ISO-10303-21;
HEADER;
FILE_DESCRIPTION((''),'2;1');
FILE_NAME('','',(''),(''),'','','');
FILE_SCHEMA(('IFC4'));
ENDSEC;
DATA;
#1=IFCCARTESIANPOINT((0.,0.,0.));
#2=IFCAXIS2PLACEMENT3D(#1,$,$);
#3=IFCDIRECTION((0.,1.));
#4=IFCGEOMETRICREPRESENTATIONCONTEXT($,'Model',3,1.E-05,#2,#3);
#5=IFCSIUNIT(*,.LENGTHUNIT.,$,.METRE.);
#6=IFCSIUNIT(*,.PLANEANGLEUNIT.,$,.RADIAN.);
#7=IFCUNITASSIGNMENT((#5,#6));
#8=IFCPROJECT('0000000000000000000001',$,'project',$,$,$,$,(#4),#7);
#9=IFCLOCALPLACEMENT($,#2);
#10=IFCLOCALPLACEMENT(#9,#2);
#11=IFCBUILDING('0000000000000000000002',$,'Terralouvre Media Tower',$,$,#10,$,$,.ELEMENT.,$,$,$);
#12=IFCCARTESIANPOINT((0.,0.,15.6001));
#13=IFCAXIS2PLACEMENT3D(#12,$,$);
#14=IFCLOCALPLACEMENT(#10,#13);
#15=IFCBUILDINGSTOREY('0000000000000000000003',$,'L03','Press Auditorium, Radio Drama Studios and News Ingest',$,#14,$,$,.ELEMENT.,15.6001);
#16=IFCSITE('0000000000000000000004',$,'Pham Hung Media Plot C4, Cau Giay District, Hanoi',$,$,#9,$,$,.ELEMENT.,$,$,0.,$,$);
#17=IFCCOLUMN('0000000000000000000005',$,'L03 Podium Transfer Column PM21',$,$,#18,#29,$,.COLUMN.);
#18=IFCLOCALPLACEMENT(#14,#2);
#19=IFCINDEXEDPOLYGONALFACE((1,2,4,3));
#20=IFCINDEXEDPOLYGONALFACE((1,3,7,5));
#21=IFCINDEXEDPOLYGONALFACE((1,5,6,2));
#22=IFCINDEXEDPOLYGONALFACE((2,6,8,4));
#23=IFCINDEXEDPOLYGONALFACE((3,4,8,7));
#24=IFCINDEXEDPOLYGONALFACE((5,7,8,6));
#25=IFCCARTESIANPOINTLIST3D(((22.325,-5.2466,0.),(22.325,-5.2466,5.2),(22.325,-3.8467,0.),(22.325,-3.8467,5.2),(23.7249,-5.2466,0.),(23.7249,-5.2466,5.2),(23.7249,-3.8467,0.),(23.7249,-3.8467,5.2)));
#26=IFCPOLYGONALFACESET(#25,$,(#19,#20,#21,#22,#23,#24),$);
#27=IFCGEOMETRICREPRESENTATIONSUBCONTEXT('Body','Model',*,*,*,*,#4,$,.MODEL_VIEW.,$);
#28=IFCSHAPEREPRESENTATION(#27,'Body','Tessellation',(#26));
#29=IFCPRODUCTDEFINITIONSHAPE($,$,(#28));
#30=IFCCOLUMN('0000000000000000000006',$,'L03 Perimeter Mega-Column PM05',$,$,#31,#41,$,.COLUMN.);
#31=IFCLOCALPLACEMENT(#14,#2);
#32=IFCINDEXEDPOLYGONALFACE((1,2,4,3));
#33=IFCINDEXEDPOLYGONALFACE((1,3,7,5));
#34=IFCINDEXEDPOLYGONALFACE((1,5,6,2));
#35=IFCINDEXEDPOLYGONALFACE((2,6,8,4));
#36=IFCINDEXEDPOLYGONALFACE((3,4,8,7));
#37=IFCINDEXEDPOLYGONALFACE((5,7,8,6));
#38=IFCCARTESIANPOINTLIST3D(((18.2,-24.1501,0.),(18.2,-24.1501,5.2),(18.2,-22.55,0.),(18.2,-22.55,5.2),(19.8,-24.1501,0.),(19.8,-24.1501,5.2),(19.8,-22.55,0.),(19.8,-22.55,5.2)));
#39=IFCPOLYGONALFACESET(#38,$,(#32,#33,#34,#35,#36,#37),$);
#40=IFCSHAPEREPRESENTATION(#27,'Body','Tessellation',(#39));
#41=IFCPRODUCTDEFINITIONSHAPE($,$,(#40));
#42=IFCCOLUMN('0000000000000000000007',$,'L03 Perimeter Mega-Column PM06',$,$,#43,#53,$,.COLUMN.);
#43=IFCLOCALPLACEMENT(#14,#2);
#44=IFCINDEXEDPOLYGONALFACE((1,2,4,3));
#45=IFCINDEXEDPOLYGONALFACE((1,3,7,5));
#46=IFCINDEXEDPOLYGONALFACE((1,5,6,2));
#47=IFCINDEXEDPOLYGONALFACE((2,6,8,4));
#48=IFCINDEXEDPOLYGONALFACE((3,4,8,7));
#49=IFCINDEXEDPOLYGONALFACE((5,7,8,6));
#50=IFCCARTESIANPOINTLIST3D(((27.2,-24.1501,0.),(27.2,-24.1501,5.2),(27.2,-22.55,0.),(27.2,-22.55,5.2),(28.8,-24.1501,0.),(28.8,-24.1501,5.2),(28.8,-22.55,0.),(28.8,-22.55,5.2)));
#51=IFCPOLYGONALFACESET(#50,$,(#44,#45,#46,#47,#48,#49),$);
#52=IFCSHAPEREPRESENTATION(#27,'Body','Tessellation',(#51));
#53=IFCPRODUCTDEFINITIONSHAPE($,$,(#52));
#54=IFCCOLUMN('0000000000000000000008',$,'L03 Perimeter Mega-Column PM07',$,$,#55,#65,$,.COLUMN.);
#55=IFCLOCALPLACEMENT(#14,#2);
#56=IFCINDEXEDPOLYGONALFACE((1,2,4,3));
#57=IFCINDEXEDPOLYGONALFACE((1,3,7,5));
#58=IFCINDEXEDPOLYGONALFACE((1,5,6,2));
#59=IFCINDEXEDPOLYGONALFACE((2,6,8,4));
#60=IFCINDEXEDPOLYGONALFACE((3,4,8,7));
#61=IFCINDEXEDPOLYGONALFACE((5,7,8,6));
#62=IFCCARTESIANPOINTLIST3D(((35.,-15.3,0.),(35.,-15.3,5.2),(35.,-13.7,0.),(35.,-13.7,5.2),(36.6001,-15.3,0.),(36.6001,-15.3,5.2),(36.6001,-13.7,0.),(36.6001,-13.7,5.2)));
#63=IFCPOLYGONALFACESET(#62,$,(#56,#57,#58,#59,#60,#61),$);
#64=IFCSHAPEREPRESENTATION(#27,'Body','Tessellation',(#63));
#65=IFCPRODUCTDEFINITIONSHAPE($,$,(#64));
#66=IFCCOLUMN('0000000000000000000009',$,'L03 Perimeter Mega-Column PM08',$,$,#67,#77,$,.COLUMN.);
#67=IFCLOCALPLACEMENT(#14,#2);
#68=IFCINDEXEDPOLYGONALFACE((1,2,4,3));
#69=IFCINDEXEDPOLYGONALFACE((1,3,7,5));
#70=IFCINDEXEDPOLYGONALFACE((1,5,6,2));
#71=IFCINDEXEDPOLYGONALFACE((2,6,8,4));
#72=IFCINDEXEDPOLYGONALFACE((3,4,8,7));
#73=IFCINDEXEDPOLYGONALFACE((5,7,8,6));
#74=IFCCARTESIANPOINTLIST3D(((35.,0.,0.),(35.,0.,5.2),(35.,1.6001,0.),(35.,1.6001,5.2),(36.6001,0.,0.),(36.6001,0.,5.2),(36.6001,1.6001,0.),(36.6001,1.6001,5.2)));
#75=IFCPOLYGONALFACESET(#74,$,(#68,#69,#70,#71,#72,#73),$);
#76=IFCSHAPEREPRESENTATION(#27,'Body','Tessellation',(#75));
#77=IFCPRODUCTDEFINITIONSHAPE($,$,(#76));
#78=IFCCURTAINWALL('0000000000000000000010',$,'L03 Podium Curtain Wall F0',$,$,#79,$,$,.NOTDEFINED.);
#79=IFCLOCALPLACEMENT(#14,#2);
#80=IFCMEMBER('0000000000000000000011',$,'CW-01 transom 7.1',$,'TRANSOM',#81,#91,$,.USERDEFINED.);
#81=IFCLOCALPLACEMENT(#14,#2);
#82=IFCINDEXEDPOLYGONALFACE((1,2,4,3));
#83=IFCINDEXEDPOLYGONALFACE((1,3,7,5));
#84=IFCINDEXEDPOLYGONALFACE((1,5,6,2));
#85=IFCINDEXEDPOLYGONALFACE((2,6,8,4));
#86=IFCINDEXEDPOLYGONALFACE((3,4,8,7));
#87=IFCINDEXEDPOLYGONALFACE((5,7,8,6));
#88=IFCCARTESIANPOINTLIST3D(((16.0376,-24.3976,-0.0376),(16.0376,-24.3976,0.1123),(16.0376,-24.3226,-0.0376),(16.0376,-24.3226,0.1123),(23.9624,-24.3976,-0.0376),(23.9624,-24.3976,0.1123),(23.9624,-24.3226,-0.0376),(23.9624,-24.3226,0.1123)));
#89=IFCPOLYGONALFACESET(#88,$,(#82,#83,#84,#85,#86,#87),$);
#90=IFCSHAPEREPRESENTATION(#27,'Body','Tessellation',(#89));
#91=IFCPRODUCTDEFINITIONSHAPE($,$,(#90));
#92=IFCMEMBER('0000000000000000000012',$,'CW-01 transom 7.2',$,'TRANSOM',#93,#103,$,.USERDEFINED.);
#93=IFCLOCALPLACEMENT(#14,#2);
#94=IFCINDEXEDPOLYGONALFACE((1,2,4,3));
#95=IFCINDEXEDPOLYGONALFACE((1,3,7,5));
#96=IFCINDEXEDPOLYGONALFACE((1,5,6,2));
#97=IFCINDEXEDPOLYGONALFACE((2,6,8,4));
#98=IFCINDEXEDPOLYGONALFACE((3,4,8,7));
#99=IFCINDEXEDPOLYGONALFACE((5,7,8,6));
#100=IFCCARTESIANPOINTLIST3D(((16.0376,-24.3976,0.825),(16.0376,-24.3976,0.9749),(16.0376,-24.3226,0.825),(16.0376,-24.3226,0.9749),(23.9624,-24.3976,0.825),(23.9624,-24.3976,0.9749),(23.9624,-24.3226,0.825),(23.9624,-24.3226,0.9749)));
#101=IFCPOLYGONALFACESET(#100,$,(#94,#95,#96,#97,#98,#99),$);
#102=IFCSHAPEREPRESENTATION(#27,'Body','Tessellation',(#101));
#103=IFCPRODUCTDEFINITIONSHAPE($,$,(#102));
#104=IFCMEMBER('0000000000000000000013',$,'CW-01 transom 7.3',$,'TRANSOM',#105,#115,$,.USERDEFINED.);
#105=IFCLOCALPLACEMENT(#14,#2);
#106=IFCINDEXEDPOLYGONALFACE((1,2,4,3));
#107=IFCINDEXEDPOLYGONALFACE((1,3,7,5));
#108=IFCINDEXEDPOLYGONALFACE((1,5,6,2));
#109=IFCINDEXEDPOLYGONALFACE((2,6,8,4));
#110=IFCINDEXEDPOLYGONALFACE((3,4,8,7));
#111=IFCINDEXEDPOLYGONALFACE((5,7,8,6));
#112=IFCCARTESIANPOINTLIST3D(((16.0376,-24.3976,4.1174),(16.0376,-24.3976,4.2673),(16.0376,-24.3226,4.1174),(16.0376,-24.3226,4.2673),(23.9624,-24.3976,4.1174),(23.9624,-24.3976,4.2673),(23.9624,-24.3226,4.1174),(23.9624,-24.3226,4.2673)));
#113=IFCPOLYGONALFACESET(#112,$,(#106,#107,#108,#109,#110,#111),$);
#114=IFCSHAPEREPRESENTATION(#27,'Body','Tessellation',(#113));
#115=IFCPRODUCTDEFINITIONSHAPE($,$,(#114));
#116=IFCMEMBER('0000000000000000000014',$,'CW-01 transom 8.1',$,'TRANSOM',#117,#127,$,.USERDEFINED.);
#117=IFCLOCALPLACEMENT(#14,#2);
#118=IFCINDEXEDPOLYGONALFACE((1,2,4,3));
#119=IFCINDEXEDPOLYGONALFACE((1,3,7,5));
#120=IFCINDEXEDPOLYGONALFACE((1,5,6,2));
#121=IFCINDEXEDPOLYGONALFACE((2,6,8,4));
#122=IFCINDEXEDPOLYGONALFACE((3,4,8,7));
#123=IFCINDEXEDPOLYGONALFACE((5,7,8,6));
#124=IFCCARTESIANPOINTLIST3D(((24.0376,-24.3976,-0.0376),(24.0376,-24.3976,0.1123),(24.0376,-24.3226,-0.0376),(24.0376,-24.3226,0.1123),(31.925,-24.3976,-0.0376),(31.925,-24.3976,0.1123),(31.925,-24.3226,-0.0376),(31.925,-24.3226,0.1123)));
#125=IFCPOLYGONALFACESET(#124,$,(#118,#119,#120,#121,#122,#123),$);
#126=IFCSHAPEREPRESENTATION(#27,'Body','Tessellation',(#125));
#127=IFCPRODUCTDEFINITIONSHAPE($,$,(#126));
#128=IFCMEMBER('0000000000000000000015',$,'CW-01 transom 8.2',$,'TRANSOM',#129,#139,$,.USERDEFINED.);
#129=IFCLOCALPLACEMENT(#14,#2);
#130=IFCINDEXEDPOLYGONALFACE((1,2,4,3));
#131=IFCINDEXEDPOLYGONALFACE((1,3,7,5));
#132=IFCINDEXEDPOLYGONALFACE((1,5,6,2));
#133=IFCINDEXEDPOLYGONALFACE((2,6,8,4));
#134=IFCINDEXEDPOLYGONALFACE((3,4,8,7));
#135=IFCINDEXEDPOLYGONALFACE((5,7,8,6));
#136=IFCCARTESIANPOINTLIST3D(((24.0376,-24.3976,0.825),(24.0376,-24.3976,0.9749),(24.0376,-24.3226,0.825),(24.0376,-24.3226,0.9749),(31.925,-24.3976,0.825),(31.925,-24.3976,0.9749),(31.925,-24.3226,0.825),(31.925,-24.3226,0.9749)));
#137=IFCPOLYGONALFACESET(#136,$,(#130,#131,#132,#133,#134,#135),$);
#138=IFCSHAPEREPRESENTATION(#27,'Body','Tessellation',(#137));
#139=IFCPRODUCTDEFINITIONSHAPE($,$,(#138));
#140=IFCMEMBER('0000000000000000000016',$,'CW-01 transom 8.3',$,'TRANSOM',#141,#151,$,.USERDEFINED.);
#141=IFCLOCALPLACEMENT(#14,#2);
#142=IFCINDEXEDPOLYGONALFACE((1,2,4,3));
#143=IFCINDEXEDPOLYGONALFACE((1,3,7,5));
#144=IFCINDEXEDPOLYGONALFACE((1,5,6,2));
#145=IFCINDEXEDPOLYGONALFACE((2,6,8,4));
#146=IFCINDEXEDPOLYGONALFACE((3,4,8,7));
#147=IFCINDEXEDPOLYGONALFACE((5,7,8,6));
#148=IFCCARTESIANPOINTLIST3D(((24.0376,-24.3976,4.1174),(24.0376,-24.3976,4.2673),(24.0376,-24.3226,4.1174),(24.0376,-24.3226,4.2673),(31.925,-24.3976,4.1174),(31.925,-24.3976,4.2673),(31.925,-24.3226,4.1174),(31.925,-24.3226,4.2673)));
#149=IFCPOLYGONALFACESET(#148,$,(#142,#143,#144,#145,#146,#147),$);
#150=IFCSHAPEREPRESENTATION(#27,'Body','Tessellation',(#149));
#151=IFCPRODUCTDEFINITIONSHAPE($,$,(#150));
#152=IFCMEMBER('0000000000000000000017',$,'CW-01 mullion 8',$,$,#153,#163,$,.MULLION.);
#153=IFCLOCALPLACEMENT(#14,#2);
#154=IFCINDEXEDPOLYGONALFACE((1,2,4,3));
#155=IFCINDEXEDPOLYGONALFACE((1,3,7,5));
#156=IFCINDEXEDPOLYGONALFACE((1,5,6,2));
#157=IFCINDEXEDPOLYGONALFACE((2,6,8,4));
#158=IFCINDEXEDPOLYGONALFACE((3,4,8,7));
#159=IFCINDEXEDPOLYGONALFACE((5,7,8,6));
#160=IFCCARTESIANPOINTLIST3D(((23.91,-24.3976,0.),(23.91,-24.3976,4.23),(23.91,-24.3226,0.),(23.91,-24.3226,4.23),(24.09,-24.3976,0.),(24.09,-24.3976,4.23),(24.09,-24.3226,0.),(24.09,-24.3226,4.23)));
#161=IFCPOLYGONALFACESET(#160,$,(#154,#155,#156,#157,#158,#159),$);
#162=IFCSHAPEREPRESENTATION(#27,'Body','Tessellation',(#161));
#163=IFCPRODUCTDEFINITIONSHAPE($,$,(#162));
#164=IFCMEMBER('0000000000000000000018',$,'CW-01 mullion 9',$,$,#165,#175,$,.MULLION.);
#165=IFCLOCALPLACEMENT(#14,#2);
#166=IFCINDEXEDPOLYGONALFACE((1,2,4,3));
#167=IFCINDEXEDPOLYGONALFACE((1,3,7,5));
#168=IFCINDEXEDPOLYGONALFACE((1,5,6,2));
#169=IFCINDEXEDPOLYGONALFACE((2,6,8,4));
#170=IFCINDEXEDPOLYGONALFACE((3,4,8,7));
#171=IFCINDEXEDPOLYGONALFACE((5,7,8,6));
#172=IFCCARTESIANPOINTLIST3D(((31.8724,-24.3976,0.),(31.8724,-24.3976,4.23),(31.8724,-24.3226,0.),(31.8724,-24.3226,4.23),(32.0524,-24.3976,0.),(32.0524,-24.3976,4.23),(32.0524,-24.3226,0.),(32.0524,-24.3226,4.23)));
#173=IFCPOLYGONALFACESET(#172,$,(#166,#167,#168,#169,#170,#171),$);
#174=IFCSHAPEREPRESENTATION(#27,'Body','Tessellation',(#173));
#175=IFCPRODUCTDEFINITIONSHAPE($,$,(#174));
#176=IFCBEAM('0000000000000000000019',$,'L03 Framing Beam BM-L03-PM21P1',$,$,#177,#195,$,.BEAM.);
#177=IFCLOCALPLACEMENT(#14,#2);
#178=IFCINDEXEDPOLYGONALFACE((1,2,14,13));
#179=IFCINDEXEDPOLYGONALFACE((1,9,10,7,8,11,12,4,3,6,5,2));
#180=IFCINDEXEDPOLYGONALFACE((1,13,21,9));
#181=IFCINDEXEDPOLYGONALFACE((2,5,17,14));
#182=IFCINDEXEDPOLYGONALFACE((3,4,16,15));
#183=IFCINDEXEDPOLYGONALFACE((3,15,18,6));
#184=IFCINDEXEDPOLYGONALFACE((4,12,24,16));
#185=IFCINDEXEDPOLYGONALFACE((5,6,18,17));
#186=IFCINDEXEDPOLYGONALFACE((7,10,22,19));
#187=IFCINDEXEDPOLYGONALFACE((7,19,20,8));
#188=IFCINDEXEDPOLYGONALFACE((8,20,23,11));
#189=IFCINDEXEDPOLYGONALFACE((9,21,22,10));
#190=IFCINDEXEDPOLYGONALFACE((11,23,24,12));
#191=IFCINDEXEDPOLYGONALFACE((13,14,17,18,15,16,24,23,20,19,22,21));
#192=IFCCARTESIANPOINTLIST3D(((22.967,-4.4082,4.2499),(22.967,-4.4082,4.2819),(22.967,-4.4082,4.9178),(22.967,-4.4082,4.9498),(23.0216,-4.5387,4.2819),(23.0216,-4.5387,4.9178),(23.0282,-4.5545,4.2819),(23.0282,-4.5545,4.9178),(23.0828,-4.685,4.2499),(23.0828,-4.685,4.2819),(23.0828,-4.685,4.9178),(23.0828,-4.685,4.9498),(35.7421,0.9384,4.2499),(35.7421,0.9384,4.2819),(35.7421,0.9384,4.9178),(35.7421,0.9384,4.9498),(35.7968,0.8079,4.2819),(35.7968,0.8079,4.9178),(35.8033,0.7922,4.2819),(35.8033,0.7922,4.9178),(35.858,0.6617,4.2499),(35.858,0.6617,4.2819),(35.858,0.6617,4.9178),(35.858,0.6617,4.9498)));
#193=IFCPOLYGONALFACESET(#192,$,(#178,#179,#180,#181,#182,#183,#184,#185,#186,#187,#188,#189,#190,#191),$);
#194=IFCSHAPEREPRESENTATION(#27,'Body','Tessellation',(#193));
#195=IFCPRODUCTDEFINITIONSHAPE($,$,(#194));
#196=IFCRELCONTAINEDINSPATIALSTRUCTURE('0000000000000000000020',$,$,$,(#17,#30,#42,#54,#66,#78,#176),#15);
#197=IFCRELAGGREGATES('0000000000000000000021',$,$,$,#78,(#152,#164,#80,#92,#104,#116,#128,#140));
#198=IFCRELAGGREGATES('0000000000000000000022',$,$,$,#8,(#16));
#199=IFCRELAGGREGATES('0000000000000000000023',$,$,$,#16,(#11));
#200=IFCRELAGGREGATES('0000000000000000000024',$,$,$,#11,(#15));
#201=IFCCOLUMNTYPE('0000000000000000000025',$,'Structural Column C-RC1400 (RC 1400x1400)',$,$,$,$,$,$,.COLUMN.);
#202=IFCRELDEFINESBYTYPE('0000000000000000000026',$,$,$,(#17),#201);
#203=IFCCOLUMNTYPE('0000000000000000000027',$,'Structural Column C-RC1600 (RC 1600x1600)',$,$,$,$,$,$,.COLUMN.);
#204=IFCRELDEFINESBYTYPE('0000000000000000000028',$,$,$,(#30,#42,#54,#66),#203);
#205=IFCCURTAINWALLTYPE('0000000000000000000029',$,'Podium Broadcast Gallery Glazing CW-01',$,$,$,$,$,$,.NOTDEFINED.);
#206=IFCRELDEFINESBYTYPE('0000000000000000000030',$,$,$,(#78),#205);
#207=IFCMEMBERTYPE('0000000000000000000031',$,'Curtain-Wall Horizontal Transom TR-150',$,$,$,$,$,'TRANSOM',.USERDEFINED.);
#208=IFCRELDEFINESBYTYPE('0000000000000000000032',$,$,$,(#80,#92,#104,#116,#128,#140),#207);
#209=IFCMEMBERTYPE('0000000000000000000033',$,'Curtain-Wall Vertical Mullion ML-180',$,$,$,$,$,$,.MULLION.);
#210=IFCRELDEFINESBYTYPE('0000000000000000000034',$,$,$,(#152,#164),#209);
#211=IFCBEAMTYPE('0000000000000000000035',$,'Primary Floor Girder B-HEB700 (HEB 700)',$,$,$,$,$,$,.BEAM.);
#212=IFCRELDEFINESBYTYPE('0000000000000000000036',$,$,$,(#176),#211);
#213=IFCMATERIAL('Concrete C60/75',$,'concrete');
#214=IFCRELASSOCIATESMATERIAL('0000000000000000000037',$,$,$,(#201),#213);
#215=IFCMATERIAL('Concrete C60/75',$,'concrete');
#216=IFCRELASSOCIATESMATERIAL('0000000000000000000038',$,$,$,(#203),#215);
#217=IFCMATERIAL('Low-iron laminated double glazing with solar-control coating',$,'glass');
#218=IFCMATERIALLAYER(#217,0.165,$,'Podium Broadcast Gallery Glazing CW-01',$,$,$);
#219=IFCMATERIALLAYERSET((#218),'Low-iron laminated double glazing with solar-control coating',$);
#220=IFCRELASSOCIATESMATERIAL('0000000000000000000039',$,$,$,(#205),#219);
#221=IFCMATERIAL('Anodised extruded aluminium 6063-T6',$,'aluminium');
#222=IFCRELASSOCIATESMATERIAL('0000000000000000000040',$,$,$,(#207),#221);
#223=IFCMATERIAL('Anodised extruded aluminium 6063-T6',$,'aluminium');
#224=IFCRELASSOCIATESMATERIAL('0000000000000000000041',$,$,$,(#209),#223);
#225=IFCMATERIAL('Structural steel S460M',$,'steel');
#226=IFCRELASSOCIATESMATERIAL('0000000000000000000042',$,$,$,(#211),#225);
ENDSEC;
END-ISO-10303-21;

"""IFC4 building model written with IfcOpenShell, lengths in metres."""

from ifc_helpers import new_model, si_unit, direction, frame, origin, origin_2d, place, context, subcontext, project, spatial, rectangle, i_section, extrude, material, layer, layer_set, material_profile, profile_set, type_object, element, aggregate, save


model = new_model("IFC4")

# Units and contexts
model_context = context("Model", 3, precision=1e-05, world=origin(), true_north=direction((0.0, 1.0)))
body_context = subcontext(model_context, "Body", "Model", "MODEL_VIEW")
ifc_project = project(units=[si_unit("LENGTHUNIT", "METRE"), si_unit("PLANEANGLEUNIT", "RADIAN")], contexts=[model_context])

# Site, building, storey
site_placement = place(None, origin())
site = spatial("IfcSite", under=ifc_project, at=site_placement, Name="Pham Hung Media Plot C4, Cau Giay District, Hanoi", CompositionType="ELEMENT", RefElevation=0.0)
building_placement = place(site_placement, origin())
building = spatial("IfcBuilding", under=site, at=building_placement, Name="Terralouvre Media Tower", CompositionType="ELEMENT")
storey_placement = place(building_placement, frame((0.0, 0.0, 15.6001)))
storey = spatial("IfcBuildingStorey", under=building, at=storey_placement, Name="L03", Description="Press Auditorium, Radio Drama Studios and News Ingest", CompositionType="ELEMENT", Elevation=15.6001)

# Columns
ifc_material_1 = material(Name="Concrete C60/75", Category="concrete")
ifc_material_profile_1 = material_profile(ifc_material_1, rectangle(XDim=1.3999, YDim=1.3999, at=origin_2d()), Name="RC 1400x1400")
ifc_profile_set_1 = profile_set([ifc_material_profile_1], Name="Concrete C60/75")
column_type_1 = type_object("IfcColumnType", Name="Structural Column C-RC1400 (RC 1400x1400)", PredefinedType="COLUMN", material=ifc_profile_set_1)
column_placement = place(storey_placement, frame((23.0249, -4.5466, 0.0), z_axis=(0.0, 0.0, 1.0), x_axis=(1.0, 0.0, 0.0)))
element("IfcColumn", 1, at=column_placement, inside=storey, type_object=column_type_1, Name="L03 Podium Transfer Column PM21", PredefinedType="COLUMN", context=body_context, shape_type="SweptSolid", body=[
    extrude(rectangle(XDim=1.3999, YDim=1.3999, at=origin_2d()), origin(), (0.0, 0.0, 1.0), 5.2),
])
ifc_material_2 = material(Name="Concrete C60/75", Category="concrete")
ifc_material_profile_2 = material_profile(ifc_material_2, rectangle(XDim=1.6001, YDim=1.6001, at=origin_2d()), Name="RC 1600x1600")
ifc_profile_set_2 = profile_set([ifc_material_profile_2], Name="Concrete C60/75")
column_type_2 = type_object("IfcColumnType", Name="Structural Column C-RC1600 (RC 1600x1600)", PredefinedType="COLUMN", material=ifc_profile_set_2)
for number, where, z_axis, x_axis, name in (
    (2, (19.0, -23.3501, 0.0), (0.0, 0.0, 1.0), (1.0, 0.0, 0.0), "L03 Perimeter Mega-Column PM05"),
    (3, (28.0, -23.3501, 0.0), (0.0, 0.0, 1.0), (1.0, 0.0, 0.0), "L03 Perimeter Mega-Column PM06"),
    (4, (35.8, -14.5, 0.0), (0.0, 0.0, 1.0), (1.0, 0.0, 0.0), "L03 Perimeter Mega-Column PM07"),
    (5, (35.8, 0.8, 0.0), (0.0, 0.0, 1.0), (1.0, 0.0, 0.0), "L03 Perimeter Mega-Column PM08"),
):
    element("IfcColumn", number, at=place(storey_placement, frame(where, z_axis=z_axis, x_axis=x_axis)), inside=storey, type_object=column_type_2, Name=name, PredefinedType="COLUMN", context=body_context, shape_type="SweptSolid", body=[
        extrude(rectangle(XDim=1.6001, YDim=1.6001, at=origin_2d()), origin(), (0.0, 0.0, 1.0), 5.2),
    ])

# Curtain wall, members
ifc_material_3 = material(Name="Low-iron laminated double glazing with solar-control coating", Category="glass")
ifc_layer_1 = layer(ifc_material_3, 0.165, Name="Podium Broadcast Gallery Glazing CW-01")
ifc_layer_set_1 = layer_set([ifc_layer_1], Name="Low-iron laminated double glazing with solar-control coating")
curtain_wall_type = type_object("IfcCurtainWallType", Name="Podium Broadcast Gallery Glazing CW-01", PredefinedType="NOTDEFINED", material=ifc_layer_set_1)
curtain_wall_placement = place(storey_placement, origin())
curtain_wall = element("IfcCurtainWall", 6, at=curtain_wall_placement, inside=storey, type_object=curtain_wall_type, Name="L03 Podium Curtain Wall F0", PredefinedType="NOTDEFINED")
ifc_material_4 = material(Name="Anodised extruded aluminium 6063-T6", Category="aluminium")
ifc_material_profile_3 = material_profile(ifc_material_4, rectangle(XDim=0.075, YDim=0.1499, at=origin_2d()), Name="ALU 75x150")
ifc_profile_set_3 = profile_set([ifc_material_profile_3], Name="Anodised extruded aluminium 6063-T6")
member_type_1 = type_object("IfcMemberType", Name="Curtain-Wall Horizontal Transom TR-150", ElementType="TRANSOM", PredefinedType="USERDEFINED", material=ifc_profile_set_3)
member_1_placement = place(storey_placement, frame((16.0376, -24.3601, 0.0374), z_axis=(1.0, 0.0, 0.0), x_axis=(0.0, 1.0, 0.0)))
member_1 = element("IfcMember", 7, at=member_1_placement, type_object=member_type_1, Name="CW-01 transom 7.1", ObjectType="TRANSOM", PredefinedType="USERDEFINED", context=body_context, shape_type="SweptSolid", body=[
    extrude(rectangle(XDim=0.075, YDim=0.1499, at=origin_2d()), origin(), (0.0, 0.0, 1.0), 7.9248),
])
member_2_placement = place(storey_placement, frame((16.0376, -24.3601, 0.8999), z_axis=(1.0, 0.0, 0.0), x_axis=(0.0, 1.0, 0.0)))
member_2 = element("IfcMember", 8, at=member_2_placement, type_object=member_type_1, Name="CW-01 transom 7.2", ObjectType="TRANSOM", PredefinedType="USERDEFINED", context=body_context, shape_type="SweptSolid", body=[
    extrude(rectangle(XDim=0.075, YDim=0.1499, at=origin_2d()), origin(), (0.0, 0.0, 1.0), 7.9248),
])
member_3_placement = place(storey_placement, frame((16.0376, -24.3601, 4.1924), z_axis=(1.0, 0.0, 0.0), x_axis=(0.0, 1.0, 0.0)))
member_3 = element("IfcMember", 9, at=member_3_placement, type_object=member_type_1, Name="CW-01 transom 7.3", ObjectType="TRANSOM", PredefinedType="USERDEFINED", context=body_context, shape_type="SweptSolid", body=[
    extrude(rectangle(XDim=0.075, YDim=0.1499, at=origin_2d()), origin(), (0.0, 0.0, 1.0), 7.9248),
])
member_4_placement = place(storey_placement, frame((24.0376, -24.3601, 0.0374), z_axis=(1.0, 0.0, 0.0), x_axis=(0.0, 1.0, 0.0)))
member_4 = element("IfcMember", 10, at=member_4_placement, type_object=member_type_1, Name="CW-01 transom 8.1", ObjectType="TRANSOM", PredefinedType="USERDEFINED", context=body_context, shape_type="SweptSolid", body=[
    extrude(rectangle(XDim=0.075, YDim=0.1499, at=origin_2d()), origin(), (0.0, 0.0, 1.0), 7.8875),
])
member_5_placement = place(storey_placement, frame((24.0376, -24.3601, 0.8999), z_axis=(1.0, 0.0, 0.0), x_axis=(0.0, 1.0, 0.0)))
member_5 = element("IfcMember", 11, at=member_5_placement, type_object=member_type_1, Name="CW-01 transom 8.2", ObjectType="TRANSOM", PredefinedType="USERDEFINED", context=body_context, shape_type="SweptSolid", body=[
    extrude(rectangle(XDim=0.075, YDim=0.1499, at=origin_2d()), origin(), (0.0, 0.0, 1.0), 7.8875),
])
member_6_placement = place(storey_placement, frame((24.0376, -24.3601, 4.1924), z_axis=(1.0, 0.0, 0.0), x_axis=(0.0, 1.0, 0.0)))
member_6 = element("IfcMember", 12, at=member_6_placement, type_object=member_type_1, Name="CW-01 transom 8.3", ObjectType="TRANSOM", PredefinedType="USERDEFINED", context=body_context, shape_type="SweptSolid", body=[
    extrude(rectangle(XDim=0.075, YDim=0.1499, at=origin_2d()), origin(), (0.0, 0.0, 1.0), 7.8875),
])
ifc_material_5 = material(Name="Anodised extruded aluminium 6063-T6", Category="aluminium")
ifc_material_profile_4 = material_profile(ifc_material_5, rectangle(XDim=0.075, YDim=0.1799, at=origin_2d()), Name="ALU 75x180")
ifc_profile_set_4 = profile_set([ifc_material_profile_4], Name="Anodised extruded aluminium 6063-T6")
member_type_2 = type_object("IfcMemberType", Name="Curtain-Wall Vertical Mullion ML-180", PredefinedType="MULLION", material=ifc_profile_set_4)
member_7_placement = place(storey_placement, frame((24.0, -24.3601, 0.0), z_axis=(0.0, 0.0, 1.0), x_axis=(0.0, 1.0, 0.0)))
member_7 = element("IfcMember", 13, at=member_7_placement, type_object=member_type_2, Name="CW-01 mullion 8", PredefinedType="MULLION", context=body_context, shape_type="SweptSolid", body=[
    extrude(rectangle(XDim=0.075, YDim=0.1799, at=origin_2d()), origin(), (0.0, 0.0, 1.0), 4.23),
])
member_8_placement = place(storey_placement, frame((31.9624, -24.3601, 0.0), z_axis=(0.0, 0.0, 1.0), x_axis=(0.0, 1.0, 0.0)))
member_8 = element("IfcMember", 14, at=member_8_placement, type_object=member_type_2, Name="CW-01 mullion 9", PredefinedType="MULLION", context=body_context, shape_type="SweptSolid", body=[
    extrude(rectangle(XDim=0.075, YDim=0.1799, at=origin_2d()), origin(), (0.0, 0.0, 1.0), 4.23),
])

# Beam
ifc_material_6 = material(Name="Structural steel S460M", Category="steel")
ifc_material_profile_5 = material_profile(ifc_material_6, i_section(OverallWidth=0.3, OverallDepth=0.7, WebThickness=0.0171, FlangeThickness=0.032, at=origin_2d()), Name="HEB 700")
ifc_profile_set_5 = profile_set([ifc_material_profile_5], Name="Structural steel S460M")
beam_type_1 = type_object("IfcBeamType", Name="Primary Floor Girder B-HEB700 (HEB 700)", PredefinedType="BEAM", material=ifc_profile_set_5)
beam_1_placement = place(storey_placement, frame((23.0249, -4.5466, 4.5999), z_axis=(0.922468, 0.386073, 0.0), x_axis=(-0.386073, 0.922468, 0.0)))
element("IfcBeam", 15, at=beam_1_placement, inside=storey, type_object=beam_type_1, Name="L03 Framing Beam BM-L03-PM21P1", PredefinedType="BEAM", context=body_context, shape_type="SweptSolid", body=[
    extrude(i_section(OverallWidth=0.3, OverallDepth=0.7, WebThickness=0.0171, FlangeThickness=0.032, at=origin_2d()), origin(), (0.0, 0.0, 1.0), 13.8489),
])

aggregate(curtain_wall, [member_7, member_8, member_1, member_2, member_3, member_4, member_5, member_6])

save(model, "model.ifc")
